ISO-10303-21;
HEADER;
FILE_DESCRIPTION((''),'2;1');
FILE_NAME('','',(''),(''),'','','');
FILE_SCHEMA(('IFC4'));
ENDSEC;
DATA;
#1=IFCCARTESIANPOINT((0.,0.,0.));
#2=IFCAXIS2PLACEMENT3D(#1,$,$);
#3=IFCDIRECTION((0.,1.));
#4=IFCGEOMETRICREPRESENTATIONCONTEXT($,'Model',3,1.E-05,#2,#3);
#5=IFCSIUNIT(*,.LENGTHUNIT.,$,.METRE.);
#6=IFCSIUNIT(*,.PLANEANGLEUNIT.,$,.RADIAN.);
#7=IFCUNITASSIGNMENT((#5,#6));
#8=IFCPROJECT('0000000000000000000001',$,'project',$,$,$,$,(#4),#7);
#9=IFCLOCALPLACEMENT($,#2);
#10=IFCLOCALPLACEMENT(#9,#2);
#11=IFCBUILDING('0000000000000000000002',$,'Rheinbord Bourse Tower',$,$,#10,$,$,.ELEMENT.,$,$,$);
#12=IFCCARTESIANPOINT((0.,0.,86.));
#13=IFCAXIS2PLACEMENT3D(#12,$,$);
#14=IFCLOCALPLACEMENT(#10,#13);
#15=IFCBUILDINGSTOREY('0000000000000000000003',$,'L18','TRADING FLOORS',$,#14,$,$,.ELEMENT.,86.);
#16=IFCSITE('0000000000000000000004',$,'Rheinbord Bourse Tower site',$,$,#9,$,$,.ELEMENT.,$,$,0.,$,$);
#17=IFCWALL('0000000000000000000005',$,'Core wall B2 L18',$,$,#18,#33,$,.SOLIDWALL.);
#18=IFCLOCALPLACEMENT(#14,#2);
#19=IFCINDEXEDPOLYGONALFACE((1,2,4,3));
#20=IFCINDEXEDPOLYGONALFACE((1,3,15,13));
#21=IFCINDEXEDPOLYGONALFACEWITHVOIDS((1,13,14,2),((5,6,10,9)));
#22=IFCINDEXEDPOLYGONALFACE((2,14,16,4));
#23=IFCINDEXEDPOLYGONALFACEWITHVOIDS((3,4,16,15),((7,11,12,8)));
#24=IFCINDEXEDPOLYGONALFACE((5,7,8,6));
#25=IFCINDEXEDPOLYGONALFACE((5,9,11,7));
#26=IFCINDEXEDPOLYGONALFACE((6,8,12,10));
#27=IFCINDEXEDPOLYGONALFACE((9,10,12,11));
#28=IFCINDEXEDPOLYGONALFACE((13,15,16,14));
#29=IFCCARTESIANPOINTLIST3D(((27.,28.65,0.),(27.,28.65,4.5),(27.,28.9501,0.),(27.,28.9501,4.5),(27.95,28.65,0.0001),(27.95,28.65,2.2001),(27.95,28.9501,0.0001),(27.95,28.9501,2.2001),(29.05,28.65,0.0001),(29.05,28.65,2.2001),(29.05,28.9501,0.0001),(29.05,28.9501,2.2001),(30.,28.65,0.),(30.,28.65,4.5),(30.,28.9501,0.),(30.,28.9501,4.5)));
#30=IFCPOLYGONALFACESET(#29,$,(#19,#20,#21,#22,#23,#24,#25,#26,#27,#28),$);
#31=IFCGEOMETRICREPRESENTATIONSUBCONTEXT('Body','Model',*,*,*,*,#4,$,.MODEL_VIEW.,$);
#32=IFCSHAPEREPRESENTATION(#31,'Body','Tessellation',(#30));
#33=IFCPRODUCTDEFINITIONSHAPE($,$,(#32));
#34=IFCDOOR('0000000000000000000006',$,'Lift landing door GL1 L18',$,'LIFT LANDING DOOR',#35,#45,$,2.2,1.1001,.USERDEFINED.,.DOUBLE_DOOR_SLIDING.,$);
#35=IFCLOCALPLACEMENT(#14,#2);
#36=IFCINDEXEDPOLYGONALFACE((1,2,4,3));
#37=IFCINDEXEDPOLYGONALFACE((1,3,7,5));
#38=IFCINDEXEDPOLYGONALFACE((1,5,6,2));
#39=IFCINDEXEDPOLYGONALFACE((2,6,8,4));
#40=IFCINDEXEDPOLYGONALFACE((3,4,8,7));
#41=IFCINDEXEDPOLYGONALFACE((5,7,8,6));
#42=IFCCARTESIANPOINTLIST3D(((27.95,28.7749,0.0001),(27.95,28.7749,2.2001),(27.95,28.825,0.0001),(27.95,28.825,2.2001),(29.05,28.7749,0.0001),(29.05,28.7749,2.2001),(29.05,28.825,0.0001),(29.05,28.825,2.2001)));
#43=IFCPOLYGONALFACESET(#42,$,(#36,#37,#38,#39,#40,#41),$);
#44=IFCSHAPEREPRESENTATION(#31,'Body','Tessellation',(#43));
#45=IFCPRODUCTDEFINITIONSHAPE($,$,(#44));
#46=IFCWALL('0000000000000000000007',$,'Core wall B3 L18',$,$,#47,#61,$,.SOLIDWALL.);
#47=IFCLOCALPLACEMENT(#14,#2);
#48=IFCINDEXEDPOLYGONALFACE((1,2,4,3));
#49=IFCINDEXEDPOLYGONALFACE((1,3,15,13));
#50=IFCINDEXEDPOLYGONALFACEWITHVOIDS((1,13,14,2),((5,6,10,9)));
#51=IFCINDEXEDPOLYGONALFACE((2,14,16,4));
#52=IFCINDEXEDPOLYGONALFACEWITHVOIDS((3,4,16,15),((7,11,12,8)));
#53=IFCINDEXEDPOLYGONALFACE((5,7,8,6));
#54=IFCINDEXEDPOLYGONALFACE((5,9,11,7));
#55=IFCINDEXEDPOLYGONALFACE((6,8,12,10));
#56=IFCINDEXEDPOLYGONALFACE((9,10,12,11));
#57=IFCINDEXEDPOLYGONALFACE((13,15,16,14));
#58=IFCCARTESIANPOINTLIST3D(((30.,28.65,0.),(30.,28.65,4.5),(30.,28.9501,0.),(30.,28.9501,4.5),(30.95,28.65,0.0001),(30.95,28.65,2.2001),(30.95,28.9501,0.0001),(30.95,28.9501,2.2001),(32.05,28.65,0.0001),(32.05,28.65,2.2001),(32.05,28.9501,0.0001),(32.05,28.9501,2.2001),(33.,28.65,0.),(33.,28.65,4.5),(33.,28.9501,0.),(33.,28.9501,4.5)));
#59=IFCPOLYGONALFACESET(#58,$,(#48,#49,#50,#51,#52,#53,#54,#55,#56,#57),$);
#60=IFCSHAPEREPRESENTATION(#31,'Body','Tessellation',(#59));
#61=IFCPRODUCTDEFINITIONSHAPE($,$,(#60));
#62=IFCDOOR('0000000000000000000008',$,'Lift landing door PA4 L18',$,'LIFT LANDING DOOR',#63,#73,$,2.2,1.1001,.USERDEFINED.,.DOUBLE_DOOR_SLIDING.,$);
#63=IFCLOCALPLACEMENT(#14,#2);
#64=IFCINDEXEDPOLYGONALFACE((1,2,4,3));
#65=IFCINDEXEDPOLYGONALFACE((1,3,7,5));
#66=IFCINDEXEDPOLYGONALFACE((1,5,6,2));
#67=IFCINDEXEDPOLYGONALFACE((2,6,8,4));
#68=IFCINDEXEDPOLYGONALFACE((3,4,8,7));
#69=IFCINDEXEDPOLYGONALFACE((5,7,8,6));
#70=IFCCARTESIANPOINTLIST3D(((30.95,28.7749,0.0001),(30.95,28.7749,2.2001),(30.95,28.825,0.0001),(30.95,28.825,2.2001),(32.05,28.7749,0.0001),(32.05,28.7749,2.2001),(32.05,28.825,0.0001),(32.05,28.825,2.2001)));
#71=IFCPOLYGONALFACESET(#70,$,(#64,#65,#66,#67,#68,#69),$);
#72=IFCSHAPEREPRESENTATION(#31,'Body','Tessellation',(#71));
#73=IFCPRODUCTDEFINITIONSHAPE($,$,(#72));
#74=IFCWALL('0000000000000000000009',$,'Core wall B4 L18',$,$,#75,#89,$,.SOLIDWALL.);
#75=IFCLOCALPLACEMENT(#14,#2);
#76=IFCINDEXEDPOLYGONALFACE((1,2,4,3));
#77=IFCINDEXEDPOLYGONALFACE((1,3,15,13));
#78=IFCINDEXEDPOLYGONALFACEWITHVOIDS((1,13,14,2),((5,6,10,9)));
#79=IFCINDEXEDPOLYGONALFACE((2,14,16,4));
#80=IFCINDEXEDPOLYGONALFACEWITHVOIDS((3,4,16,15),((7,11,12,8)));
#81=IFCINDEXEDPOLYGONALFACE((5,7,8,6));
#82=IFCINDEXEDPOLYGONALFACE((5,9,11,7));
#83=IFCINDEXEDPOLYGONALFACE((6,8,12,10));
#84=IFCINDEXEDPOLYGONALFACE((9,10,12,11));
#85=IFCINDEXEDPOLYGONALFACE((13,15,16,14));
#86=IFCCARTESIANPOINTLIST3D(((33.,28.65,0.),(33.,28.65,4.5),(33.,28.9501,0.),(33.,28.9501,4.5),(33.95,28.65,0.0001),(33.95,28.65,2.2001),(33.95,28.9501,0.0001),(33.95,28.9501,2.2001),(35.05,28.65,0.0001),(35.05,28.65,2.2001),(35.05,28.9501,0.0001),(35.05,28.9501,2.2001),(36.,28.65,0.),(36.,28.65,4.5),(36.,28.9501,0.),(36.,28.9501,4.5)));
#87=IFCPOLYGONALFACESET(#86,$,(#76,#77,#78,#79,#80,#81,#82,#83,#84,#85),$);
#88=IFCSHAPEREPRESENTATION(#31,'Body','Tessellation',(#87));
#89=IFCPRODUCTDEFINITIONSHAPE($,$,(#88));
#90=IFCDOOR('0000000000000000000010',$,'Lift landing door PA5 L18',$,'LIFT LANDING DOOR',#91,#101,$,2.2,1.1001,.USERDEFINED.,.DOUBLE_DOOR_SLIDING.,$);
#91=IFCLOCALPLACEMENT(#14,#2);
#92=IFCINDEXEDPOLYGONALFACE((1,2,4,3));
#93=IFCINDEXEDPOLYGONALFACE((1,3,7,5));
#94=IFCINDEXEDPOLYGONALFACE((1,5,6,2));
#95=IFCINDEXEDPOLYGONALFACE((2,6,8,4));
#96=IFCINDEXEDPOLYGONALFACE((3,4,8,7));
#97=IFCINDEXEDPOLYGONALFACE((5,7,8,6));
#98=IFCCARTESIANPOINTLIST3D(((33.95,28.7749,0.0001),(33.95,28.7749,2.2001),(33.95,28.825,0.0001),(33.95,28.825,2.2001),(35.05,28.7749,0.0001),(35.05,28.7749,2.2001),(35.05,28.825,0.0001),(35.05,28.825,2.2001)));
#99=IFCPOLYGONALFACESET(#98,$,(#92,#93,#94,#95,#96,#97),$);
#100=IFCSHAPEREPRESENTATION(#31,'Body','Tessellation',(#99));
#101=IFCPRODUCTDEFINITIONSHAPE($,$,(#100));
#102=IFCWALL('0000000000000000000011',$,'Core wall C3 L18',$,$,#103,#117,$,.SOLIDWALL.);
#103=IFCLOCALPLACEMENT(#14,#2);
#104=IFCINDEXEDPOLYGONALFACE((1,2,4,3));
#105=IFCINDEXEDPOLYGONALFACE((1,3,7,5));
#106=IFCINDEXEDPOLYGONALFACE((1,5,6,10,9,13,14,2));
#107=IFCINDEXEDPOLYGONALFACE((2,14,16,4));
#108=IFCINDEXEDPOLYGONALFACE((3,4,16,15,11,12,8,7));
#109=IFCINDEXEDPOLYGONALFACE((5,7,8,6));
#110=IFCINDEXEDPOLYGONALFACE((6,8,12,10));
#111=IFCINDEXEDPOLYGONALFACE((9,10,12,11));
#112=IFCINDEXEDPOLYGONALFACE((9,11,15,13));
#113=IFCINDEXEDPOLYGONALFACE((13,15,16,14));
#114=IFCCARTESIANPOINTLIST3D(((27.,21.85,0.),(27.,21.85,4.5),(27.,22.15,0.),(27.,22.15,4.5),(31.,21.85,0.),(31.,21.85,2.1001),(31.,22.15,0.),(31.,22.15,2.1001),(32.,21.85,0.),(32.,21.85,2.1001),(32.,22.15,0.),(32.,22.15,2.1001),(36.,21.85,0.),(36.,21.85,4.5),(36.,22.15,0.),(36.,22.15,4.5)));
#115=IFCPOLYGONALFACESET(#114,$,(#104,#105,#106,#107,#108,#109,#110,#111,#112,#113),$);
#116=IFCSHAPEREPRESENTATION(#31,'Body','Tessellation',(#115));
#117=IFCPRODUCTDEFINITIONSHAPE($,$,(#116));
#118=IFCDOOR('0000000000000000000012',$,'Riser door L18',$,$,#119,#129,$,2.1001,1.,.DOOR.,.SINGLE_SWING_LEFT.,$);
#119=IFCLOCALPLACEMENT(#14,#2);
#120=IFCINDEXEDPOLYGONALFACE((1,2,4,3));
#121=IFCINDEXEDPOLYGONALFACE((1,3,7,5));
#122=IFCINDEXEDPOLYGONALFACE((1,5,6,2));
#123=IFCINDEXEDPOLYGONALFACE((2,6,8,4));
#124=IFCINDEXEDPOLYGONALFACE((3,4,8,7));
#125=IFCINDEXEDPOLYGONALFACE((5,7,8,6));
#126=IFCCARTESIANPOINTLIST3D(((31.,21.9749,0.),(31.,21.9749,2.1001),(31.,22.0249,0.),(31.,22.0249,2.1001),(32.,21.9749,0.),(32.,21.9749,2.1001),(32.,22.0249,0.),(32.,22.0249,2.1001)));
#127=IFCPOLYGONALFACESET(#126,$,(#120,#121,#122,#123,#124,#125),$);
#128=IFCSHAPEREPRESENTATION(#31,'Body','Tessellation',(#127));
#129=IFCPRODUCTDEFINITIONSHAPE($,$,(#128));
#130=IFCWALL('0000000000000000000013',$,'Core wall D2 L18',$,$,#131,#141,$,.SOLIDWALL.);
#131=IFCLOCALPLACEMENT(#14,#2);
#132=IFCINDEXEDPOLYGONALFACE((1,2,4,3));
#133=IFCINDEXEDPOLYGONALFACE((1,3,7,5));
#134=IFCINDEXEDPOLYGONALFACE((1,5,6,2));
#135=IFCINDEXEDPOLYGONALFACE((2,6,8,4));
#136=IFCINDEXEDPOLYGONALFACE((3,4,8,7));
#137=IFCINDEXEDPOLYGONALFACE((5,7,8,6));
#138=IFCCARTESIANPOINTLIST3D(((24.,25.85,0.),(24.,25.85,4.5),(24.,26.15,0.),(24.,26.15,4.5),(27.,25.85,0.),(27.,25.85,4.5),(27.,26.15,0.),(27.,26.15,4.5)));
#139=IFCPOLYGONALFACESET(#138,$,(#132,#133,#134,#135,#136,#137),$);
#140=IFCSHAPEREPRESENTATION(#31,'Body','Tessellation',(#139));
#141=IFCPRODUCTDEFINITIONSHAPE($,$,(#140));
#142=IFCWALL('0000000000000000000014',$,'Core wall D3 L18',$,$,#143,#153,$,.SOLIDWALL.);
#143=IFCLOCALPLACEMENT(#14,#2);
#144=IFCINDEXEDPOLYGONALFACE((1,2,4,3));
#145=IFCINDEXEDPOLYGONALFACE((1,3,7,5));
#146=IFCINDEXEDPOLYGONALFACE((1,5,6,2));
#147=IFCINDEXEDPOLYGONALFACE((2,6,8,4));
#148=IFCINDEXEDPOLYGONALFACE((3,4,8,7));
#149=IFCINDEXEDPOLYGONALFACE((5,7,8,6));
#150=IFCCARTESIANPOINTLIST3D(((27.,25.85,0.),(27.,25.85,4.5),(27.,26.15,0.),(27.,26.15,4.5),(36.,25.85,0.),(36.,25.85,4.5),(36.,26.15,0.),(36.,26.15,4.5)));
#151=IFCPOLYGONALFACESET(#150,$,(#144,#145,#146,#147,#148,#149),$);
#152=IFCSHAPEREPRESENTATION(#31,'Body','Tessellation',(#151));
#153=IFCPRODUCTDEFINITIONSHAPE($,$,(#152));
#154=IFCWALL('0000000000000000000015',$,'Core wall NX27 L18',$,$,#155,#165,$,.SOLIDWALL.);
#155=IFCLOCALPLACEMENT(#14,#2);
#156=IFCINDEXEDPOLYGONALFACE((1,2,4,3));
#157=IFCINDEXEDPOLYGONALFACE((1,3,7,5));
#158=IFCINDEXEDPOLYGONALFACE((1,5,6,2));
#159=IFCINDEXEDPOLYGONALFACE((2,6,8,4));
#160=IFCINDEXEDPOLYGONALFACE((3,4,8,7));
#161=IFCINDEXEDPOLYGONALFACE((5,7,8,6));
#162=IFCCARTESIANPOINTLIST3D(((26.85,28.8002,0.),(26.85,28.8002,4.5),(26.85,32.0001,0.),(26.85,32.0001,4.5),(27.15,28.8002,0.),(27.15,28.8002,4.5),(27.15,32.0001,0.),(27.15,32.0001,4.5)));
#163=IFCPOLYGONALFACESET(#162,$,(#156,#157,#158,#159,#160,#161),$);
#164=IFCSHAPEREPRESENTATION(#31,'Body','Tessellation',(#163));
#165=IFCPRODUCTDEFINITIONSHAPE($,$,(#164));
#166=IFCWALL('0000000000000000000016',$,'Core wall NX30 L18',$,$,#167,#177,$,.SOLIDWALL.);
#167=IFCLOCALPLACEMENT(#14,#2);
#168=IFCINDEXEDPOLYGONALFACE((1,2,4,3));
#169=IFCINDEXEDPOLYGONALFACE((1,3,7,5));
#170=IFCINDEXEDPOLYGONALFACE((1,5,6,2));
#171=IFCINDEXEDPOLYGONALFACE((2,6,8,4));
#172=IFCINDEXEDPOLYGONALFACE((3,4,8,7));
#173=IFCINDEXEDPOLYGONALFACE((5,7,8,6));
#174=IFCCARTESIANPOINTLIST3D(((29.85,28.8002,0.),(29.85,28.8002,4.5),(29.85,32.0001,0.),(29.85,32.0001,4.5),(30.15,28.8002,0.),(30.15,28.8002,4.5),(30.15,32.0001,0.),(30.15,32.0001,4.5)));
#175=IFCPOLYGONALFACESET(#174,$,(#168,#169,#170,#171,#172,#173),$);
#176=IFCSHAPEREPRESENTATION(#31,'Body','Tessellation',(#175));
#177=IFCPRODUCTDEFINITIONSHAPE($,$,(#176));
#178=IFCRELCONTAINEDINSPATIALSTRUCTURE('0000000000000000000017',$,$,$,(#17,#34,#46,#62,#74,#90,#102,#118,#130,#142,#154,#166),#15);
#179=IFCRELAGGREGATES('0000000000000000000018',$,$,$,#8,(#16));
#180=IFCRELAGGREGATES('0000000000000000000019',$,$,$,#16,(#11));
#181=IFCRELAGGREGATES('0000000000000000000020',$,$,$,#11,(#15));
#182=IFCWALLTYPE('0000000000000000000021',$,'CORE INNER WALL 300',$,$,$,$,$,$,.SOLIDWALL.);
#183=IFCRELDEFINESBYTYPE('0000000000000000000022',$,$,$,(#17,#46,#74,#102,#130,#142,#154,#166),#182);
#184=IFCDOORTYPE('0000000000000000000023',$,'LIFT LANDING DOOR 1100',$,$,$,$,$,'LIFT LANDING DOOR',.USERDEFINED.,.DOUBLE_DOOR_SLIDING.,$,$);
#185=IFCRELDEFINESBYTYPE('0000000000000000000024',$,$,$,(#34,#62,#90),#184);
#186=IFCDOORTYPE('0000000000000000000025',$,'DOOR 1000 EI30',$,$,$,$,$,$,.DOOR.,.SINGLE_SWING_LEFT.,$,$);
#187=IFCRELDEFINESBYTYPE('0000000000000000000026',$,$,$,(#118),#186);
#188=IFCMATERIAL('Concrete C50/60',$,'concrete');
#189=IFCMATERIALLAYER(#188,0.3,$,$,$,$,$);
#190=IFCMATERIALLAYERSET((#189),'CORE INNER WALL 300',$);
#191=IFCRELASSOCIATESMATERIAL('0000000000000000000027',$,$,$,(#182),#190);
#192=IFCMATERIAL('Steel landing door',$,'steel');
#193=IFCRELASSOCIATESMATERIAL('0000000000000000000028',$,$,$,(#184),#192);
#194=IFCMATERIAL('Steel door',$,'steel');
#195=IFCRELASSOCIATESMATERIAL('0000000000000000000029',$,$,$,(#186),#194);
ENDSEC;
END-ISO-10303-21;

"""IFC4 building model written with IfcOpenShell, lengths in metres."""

from ifc_helpers import new_model, si_unit, direction, frame, frame_2d, origin, place, context, subcontext, project, spatial, rectangle, extrude, material, layer, layer_set, type_object, element, fill, save


model = new_model("IFC4")

# Units and contexts
model_context = context("Model", 3, precision=1e-05, world=origin(), true_north=direction((0.0, 1.0)))
body_context = subcontext(model_context, "Body", "Model", "MODEL_VIEW")
ifc_project = project(units=[si_unit("LENGTHUNIT", "METRE"), si_unit("PLANEANGLEUNIT", "RADIAN")], contexts=[model_context])

# Site, building, storey
site_placement = place(None, origin())
site = spatial("IfcSite", under=ifc_project, at=site_placement, Name="Rheinbord Bourse Tower site", CompositionType="ELEMENT", RefElevation=0.0)
building_placement = place(site_placement, origin())
building = spatial("IfcBuilding", under=site, at=building_placement, Name="Rheinbord Bourse Tower", CompositionType="ELEMENT")
storey_placement = place(building_placement, frame((0.0, 0.0, 86.0)))
storey = spatial("IfcBuildingStorey", under=building, at=storey_placement, Name="L18", Description="TRADING FLOORS", CompositionType="ELEMENT", Elevation=86.0)

# Walls, openings, doors
ifc_material_1 = material(Name="Concrete C50/60", Category="concrete")
ifc_layer_1 = layer(ifc_material_1, 0.3)
ifc_layer_set_1 = layer_set([ifc_layer_1], Name="CORE INNER WALL 300")
wall_type_1 = type_object("IfcWallType", Name="CORE INNER WALL 300", PredefinedType="SOLIDWALL", material=ifc_layer_set_1)
wall_1_placement = place(storey_placement, frame((27.0, 28.8, 0.0), z_axis=(0.0, 0.0, 1.0), x_axis=(1.0, 0.0, 0.0)))
wall_1 = element("IfcWall", 1, at=wall_1_placement, inside=storey, type_object=wall_type_1, Name="Core wall B2 L18", PredefinedType="SOLIDWALL", context=body_context, shape_type="SweptSolid", body=[
    extrude(rectangle(XDim=3.0, YDim=0.3, at=frame_2d((1.5, 0.0))), origin(), (0.0, 0.0, 1.0), 4.5),
])
opening_1_placement = place(wall_1_placement, frame((0.95, 0.0, 0.0)))
opening_1 = element("IfcOpeningElement", 2, at=opening_1_placement, cuts=wall_1, PredefinedType="OPENING", context=body_context, shape_type="SweptSolid", body=[
    extrude(rectangle(XDim=1.1001, YDim=2.2, at=frame_2d((0.55, 1.1001))), frame((0.0, 0.1599, 0.0), z_axis=(0.0, -1.0, 0.0), x_axis=(1.0, 0.0, 0.0)), (0.0, 0.0, 1.0), 0.3201),
])
ifc_material_2 = material(Name="Steel landing door", Category="steel")
door_type_1 = type_object("IfcDoorType", Name="LIFT LANDING DOOR 1100", ElementType="LIFT LANDING DOOR", OperationType="DOUBLE_DOOR_SLIDING", PredefinedType="USERDEFINED", material=ifc_material_2)
door_1_placement = place(opening_1_placement, origin())
door_1 = element("IfcDoor", 3, at=door_1_placement, inside=storey, type_object=door_type_1, Name="Lift landing door GL1 L18", ObjectType="LIFT LANDING DOOR", OperationType="DOUBLE_DOOR_SLIDING", OverallHeight=2.2, OverallWidth=1.1001, PredefinedType="USERDEFINED", context=body_context, shape_type="SweptSolid", body=[
    extrude(rectangle(XDim=1.1001, YDim=2.2, at=frame_2d((0.55, 1.1001))), frame((0.0, 0.0249, 0.0), z_axis=(0.0, -1.0, 0.0), x_axis=(1.0, 0.0, 0.0)), (0.0, 0.0, 1.0), 0.05),
])
fill(opening_1, door_1)
wall_2_placement = place(storey_placement, frame((30.0, 28.8, 0.0), z_axis=(0.0, 0.0, 1.0), x_axis=(1.0, 0.0, 0.0)))
wall_2 = element("IfcWall", 4, at=wall_2_placement, inside=storey, type_object=wall_type_1, Name="Core wall B3 L18", PredefinedType="SOLIDWALL", context=body_context, shape_type="SweptSolid", body=[
    extrude(rectangle(XDim=3.0, YDim=0.3, at=frame_2d((1.5, 0.0))), origin(), (0.0, 0.0, 1.0), 4.5),
])
opening_2_placement = place(wall_2_placement, frame((0.95, 0.0, 0.0)))
opening_2 = element("IfcOpeningElement", 5, at=opening_2_placement, cuts=wall_2, PredefinedType="OPENING", context=body_context, shape_type="SweptSolid", body=[
    extrude(rectangle(XDim=1.1001, YDim=2.2, at=frame_2d((0.55, 1.1001))), frame((0.0, 0.1599, 0.0), z_axis=(0.0, -1.0, 0.0), x_axis=(1.0, 0.0, 0.0)), (0.0, 0.0, 1.0), 0.3201),
])
door_2_placement = place(opening_2_placement, origin())
door_2 = element("IfcDoor", 6, at=door_2_placement, inside=storey, type_object=door_type_1, Name="Lift landing door PA4 L18", ObjectType="LIFT LANDING DOOR", OperationType="DOUBLE_DOOR_SLIDING", OverallHeight=2.2, OverallWidth=1.1001, PredefinedType="USERDEFINED", context=body_context, shape_type="SweptSolid", body=[
    extrude(rectangle(XDim=1.1001, YDim=2.2, at=frame_2d((0.55, 1.1001))), frame((0.0, 0.0249, 0.0), z_axis=(0.0, -1.0, 0.0), x_axis=(1.0, 0.0, 0.0)), (0.0, 0.0, 1.0), 0.05),
])
fill(opening_2, door_2)
wall_3_placement = place(storey_placement, frame((33.0, 28.8, 0.0), z_axis=(0.0, 0.0, 1.0), x_axis=(1.0, 0.0, 0.0)))
wall_3 = element("IfcWall", 7, at=wall_3_placement, inside=storey, type_object=wall_type_1, Name="Core wall B4 L18", PredefinedType="SOLIDWALL", context=body_context, shape_type="SweptSolid", body=[
    extrude(rectangle(XDim=3.0, YDim=0.3, at=frame_2d((1.5, 0.0))), origin(), (0.0, 0.0, 1.0), 4.5),
])
opening_3_placement = place(wall_3_placement, frame((0.95, 0.0, 0.0)))
opening_3 = element("IfcOpeningElement", 8, at=opening_3_placement, cuts=wall_3, PredefinedType="OPENING", context=body_context, shape_type="SweptSolid", body=[
    extrude(rectangle(XDim=1.1001, YDim=2.2, at=frame_2d((0.55, 1.1001))), frame((0.0, 0.1599, 0.0), z_axis=(0.0, -1.0, 0.0), x_axis=(1.0, 0.0, 0.0)), (0.0, 0.0, 1.0), 0.3201),
])
door_3_placement = place(opening_3_placement, origin())
door_3 = element("IfcDoor", 9, at=door_3_placement, inside=storey, type_object=door_type_1, Name="Lift landing door PA5 L18", ObjectType="LIFT LANDING DOOR", OperationType="DOUBLE_DOOR_SLIDING", OverallHeight=2.2, OverallWidth=1.1001, PredefinedType="USERDEFINED", context=body_context, shape_type="SweptSolid", body=[
    extrude(rectangle(XDim=1.1001, YDim=2.2, at=frame_2d((0.55, 1.1001))), frame((0.0, 0.0249, 0.0), z_axis=(0.0, -1.0, 0.0), x_axis=(1.0, 0.0, 0.0)), (0.0, 0.0, 1.0), 0.05),
])
fill(opening_3, door_3)
wall_4_placement = place(storey_placement, frame((27.0, 22.0, 0.0), z_axis=(0.0, 0.0, 1.0), x_axis=(1.0, 0.0, 0.0)))
wall_4 = element("IfcWall", 10, at=wall_4_placement, inside=storey, type_object=wall_type_1, Name="Core wall C3 L18", PredefinedType="SOLIDWALL", context=body_context, shape_type="SweptSolid", body=[
    extrude(rectangle(XDim=9.0, YDim=0.3, at=frame_2d((4.5, 0.0))), origin(), (0.0, 0.0, 1.0), 4.5),
])
opening_4_placement = place(wall_4_placement, frame((4.0, 0.0, 0.0)))
opening_4 = element("IfcOpeningElement", 11, at=opening_4_placement, cuts=wall_4, PredefinedType="OPENING", context=body_context, shape_type="SweptSolid", body=[
    extrude(rectangle(XDim=1.0, YDim=2.1001, at=frame_2d((0.5, 1.05))), frame((0.0, 0.1599, 0.0), z_axis=(0.0, -1.0, 0.0), x_axis=(1.0, 0.0, 0.0)), (0.0, 0.0, 1.0), 0.3201),
])
ifc_material_3 = material(Name="Steel door", Category="steel")
door_type_2 = type_object("IfcDoorType", Name="DOOR 1000 EI30", OperationType="SINGLE_SWING_LEFT", PredefinedType="DOOR", material=ifc_material_3)
door_4_placement = place(opening_4_placement, origin())
door_4 = element("IfcDoor", 12, at=door_4_placement, inside=storey, type_object=door_type_2, Name="Riser door L18", OperationType="SINGLE_SWING_LEFT", OverallHeight=2.1001, OverallWidth=1.0, PredefinedType="DOOR", context=body_context, shape_type="SweptSolid", body=[
    extrude(rectangle(XDim=1.0, YDim=2.1001, at=frame_2d((0.5, 1.05))), frame((0.0, 0.0249, 0.0), z_axis=(0.0, -1.0, 0.0), x_axis=(1.0, 0.0, 0.0)), (0.0, 0.0, 1.0), 0.05),
])
fill(opening_4, door_4)

# Walls
wall_5_placement = place(storey_placement, frame((24.0, 26.0, 0.0), z_axis=(0.0, 0.0, 1.0), x_axis=(1.0, 0.0, 0.0)))
element("IfcWall", 13, at=wall_5_placement, inside=storey, type_object=wall_type_1, Name="Core wall D2 L18", PredefinedType="SOLIDWALL", context=body_context, shape_type="SweptSolid", body=[
    extrude(rectangle(XDim=3.0, YDim=0.3, at=frame_2d((1.5, 0.0))), origin(), (0.0, 0.0, 1.0), 4.5),
])
wall_6_placement = place(storey_placement, frame((27.0, 26.0, 0.0), z_axis=(0.0, 0.0, 1.0), x_axis=(1.0, 0.0, 0.0)))
element("IfcWall", 14, at=wall_6_placement, inside=storey, type_object=wall_type_1, Name="Core wall D3 L18", PredefinedType="SOLIDWALL", context=body_context, shape_type="SweptSolid", body=[
    extrude(rectangle(XDim=9.0, YDim=0.3, at=frame_2d((4.5, 0.0))), origin(), (0.0, 0.0, 1.0), 4.5),
])
for number, where, z_axis, x_axis, name in (
    (15, (27.0, 28.8, 0.0), (0.0, 0.0, 1.0), (0.0, 1.0, 0.0), "Core wall NX27 L18"),
    (16, (30.0, 28.8, 0.0), (0.0, 0.0, 1.0), (0.0, 1.0, 0.0), "Core wall NX30 L18"),
):
    element("IfcWall", number, at=place(storey_placement, frame(where, z_axis=z_axis, x_axis=x_axis)), inside=storey, type_object=wall_type_1, Name=name, PredefinedType="SOLIDWALL", context=body_context, shape_type="SweptSolid", body=[
        extrude(rectangle(XDim=3.2, YDim=0.3, at=frame_2d((1.6001, 0.0))), origin(), (0.0, 0.0, 1.0), 4.5),
    ])

save(model, "model.ifc")
